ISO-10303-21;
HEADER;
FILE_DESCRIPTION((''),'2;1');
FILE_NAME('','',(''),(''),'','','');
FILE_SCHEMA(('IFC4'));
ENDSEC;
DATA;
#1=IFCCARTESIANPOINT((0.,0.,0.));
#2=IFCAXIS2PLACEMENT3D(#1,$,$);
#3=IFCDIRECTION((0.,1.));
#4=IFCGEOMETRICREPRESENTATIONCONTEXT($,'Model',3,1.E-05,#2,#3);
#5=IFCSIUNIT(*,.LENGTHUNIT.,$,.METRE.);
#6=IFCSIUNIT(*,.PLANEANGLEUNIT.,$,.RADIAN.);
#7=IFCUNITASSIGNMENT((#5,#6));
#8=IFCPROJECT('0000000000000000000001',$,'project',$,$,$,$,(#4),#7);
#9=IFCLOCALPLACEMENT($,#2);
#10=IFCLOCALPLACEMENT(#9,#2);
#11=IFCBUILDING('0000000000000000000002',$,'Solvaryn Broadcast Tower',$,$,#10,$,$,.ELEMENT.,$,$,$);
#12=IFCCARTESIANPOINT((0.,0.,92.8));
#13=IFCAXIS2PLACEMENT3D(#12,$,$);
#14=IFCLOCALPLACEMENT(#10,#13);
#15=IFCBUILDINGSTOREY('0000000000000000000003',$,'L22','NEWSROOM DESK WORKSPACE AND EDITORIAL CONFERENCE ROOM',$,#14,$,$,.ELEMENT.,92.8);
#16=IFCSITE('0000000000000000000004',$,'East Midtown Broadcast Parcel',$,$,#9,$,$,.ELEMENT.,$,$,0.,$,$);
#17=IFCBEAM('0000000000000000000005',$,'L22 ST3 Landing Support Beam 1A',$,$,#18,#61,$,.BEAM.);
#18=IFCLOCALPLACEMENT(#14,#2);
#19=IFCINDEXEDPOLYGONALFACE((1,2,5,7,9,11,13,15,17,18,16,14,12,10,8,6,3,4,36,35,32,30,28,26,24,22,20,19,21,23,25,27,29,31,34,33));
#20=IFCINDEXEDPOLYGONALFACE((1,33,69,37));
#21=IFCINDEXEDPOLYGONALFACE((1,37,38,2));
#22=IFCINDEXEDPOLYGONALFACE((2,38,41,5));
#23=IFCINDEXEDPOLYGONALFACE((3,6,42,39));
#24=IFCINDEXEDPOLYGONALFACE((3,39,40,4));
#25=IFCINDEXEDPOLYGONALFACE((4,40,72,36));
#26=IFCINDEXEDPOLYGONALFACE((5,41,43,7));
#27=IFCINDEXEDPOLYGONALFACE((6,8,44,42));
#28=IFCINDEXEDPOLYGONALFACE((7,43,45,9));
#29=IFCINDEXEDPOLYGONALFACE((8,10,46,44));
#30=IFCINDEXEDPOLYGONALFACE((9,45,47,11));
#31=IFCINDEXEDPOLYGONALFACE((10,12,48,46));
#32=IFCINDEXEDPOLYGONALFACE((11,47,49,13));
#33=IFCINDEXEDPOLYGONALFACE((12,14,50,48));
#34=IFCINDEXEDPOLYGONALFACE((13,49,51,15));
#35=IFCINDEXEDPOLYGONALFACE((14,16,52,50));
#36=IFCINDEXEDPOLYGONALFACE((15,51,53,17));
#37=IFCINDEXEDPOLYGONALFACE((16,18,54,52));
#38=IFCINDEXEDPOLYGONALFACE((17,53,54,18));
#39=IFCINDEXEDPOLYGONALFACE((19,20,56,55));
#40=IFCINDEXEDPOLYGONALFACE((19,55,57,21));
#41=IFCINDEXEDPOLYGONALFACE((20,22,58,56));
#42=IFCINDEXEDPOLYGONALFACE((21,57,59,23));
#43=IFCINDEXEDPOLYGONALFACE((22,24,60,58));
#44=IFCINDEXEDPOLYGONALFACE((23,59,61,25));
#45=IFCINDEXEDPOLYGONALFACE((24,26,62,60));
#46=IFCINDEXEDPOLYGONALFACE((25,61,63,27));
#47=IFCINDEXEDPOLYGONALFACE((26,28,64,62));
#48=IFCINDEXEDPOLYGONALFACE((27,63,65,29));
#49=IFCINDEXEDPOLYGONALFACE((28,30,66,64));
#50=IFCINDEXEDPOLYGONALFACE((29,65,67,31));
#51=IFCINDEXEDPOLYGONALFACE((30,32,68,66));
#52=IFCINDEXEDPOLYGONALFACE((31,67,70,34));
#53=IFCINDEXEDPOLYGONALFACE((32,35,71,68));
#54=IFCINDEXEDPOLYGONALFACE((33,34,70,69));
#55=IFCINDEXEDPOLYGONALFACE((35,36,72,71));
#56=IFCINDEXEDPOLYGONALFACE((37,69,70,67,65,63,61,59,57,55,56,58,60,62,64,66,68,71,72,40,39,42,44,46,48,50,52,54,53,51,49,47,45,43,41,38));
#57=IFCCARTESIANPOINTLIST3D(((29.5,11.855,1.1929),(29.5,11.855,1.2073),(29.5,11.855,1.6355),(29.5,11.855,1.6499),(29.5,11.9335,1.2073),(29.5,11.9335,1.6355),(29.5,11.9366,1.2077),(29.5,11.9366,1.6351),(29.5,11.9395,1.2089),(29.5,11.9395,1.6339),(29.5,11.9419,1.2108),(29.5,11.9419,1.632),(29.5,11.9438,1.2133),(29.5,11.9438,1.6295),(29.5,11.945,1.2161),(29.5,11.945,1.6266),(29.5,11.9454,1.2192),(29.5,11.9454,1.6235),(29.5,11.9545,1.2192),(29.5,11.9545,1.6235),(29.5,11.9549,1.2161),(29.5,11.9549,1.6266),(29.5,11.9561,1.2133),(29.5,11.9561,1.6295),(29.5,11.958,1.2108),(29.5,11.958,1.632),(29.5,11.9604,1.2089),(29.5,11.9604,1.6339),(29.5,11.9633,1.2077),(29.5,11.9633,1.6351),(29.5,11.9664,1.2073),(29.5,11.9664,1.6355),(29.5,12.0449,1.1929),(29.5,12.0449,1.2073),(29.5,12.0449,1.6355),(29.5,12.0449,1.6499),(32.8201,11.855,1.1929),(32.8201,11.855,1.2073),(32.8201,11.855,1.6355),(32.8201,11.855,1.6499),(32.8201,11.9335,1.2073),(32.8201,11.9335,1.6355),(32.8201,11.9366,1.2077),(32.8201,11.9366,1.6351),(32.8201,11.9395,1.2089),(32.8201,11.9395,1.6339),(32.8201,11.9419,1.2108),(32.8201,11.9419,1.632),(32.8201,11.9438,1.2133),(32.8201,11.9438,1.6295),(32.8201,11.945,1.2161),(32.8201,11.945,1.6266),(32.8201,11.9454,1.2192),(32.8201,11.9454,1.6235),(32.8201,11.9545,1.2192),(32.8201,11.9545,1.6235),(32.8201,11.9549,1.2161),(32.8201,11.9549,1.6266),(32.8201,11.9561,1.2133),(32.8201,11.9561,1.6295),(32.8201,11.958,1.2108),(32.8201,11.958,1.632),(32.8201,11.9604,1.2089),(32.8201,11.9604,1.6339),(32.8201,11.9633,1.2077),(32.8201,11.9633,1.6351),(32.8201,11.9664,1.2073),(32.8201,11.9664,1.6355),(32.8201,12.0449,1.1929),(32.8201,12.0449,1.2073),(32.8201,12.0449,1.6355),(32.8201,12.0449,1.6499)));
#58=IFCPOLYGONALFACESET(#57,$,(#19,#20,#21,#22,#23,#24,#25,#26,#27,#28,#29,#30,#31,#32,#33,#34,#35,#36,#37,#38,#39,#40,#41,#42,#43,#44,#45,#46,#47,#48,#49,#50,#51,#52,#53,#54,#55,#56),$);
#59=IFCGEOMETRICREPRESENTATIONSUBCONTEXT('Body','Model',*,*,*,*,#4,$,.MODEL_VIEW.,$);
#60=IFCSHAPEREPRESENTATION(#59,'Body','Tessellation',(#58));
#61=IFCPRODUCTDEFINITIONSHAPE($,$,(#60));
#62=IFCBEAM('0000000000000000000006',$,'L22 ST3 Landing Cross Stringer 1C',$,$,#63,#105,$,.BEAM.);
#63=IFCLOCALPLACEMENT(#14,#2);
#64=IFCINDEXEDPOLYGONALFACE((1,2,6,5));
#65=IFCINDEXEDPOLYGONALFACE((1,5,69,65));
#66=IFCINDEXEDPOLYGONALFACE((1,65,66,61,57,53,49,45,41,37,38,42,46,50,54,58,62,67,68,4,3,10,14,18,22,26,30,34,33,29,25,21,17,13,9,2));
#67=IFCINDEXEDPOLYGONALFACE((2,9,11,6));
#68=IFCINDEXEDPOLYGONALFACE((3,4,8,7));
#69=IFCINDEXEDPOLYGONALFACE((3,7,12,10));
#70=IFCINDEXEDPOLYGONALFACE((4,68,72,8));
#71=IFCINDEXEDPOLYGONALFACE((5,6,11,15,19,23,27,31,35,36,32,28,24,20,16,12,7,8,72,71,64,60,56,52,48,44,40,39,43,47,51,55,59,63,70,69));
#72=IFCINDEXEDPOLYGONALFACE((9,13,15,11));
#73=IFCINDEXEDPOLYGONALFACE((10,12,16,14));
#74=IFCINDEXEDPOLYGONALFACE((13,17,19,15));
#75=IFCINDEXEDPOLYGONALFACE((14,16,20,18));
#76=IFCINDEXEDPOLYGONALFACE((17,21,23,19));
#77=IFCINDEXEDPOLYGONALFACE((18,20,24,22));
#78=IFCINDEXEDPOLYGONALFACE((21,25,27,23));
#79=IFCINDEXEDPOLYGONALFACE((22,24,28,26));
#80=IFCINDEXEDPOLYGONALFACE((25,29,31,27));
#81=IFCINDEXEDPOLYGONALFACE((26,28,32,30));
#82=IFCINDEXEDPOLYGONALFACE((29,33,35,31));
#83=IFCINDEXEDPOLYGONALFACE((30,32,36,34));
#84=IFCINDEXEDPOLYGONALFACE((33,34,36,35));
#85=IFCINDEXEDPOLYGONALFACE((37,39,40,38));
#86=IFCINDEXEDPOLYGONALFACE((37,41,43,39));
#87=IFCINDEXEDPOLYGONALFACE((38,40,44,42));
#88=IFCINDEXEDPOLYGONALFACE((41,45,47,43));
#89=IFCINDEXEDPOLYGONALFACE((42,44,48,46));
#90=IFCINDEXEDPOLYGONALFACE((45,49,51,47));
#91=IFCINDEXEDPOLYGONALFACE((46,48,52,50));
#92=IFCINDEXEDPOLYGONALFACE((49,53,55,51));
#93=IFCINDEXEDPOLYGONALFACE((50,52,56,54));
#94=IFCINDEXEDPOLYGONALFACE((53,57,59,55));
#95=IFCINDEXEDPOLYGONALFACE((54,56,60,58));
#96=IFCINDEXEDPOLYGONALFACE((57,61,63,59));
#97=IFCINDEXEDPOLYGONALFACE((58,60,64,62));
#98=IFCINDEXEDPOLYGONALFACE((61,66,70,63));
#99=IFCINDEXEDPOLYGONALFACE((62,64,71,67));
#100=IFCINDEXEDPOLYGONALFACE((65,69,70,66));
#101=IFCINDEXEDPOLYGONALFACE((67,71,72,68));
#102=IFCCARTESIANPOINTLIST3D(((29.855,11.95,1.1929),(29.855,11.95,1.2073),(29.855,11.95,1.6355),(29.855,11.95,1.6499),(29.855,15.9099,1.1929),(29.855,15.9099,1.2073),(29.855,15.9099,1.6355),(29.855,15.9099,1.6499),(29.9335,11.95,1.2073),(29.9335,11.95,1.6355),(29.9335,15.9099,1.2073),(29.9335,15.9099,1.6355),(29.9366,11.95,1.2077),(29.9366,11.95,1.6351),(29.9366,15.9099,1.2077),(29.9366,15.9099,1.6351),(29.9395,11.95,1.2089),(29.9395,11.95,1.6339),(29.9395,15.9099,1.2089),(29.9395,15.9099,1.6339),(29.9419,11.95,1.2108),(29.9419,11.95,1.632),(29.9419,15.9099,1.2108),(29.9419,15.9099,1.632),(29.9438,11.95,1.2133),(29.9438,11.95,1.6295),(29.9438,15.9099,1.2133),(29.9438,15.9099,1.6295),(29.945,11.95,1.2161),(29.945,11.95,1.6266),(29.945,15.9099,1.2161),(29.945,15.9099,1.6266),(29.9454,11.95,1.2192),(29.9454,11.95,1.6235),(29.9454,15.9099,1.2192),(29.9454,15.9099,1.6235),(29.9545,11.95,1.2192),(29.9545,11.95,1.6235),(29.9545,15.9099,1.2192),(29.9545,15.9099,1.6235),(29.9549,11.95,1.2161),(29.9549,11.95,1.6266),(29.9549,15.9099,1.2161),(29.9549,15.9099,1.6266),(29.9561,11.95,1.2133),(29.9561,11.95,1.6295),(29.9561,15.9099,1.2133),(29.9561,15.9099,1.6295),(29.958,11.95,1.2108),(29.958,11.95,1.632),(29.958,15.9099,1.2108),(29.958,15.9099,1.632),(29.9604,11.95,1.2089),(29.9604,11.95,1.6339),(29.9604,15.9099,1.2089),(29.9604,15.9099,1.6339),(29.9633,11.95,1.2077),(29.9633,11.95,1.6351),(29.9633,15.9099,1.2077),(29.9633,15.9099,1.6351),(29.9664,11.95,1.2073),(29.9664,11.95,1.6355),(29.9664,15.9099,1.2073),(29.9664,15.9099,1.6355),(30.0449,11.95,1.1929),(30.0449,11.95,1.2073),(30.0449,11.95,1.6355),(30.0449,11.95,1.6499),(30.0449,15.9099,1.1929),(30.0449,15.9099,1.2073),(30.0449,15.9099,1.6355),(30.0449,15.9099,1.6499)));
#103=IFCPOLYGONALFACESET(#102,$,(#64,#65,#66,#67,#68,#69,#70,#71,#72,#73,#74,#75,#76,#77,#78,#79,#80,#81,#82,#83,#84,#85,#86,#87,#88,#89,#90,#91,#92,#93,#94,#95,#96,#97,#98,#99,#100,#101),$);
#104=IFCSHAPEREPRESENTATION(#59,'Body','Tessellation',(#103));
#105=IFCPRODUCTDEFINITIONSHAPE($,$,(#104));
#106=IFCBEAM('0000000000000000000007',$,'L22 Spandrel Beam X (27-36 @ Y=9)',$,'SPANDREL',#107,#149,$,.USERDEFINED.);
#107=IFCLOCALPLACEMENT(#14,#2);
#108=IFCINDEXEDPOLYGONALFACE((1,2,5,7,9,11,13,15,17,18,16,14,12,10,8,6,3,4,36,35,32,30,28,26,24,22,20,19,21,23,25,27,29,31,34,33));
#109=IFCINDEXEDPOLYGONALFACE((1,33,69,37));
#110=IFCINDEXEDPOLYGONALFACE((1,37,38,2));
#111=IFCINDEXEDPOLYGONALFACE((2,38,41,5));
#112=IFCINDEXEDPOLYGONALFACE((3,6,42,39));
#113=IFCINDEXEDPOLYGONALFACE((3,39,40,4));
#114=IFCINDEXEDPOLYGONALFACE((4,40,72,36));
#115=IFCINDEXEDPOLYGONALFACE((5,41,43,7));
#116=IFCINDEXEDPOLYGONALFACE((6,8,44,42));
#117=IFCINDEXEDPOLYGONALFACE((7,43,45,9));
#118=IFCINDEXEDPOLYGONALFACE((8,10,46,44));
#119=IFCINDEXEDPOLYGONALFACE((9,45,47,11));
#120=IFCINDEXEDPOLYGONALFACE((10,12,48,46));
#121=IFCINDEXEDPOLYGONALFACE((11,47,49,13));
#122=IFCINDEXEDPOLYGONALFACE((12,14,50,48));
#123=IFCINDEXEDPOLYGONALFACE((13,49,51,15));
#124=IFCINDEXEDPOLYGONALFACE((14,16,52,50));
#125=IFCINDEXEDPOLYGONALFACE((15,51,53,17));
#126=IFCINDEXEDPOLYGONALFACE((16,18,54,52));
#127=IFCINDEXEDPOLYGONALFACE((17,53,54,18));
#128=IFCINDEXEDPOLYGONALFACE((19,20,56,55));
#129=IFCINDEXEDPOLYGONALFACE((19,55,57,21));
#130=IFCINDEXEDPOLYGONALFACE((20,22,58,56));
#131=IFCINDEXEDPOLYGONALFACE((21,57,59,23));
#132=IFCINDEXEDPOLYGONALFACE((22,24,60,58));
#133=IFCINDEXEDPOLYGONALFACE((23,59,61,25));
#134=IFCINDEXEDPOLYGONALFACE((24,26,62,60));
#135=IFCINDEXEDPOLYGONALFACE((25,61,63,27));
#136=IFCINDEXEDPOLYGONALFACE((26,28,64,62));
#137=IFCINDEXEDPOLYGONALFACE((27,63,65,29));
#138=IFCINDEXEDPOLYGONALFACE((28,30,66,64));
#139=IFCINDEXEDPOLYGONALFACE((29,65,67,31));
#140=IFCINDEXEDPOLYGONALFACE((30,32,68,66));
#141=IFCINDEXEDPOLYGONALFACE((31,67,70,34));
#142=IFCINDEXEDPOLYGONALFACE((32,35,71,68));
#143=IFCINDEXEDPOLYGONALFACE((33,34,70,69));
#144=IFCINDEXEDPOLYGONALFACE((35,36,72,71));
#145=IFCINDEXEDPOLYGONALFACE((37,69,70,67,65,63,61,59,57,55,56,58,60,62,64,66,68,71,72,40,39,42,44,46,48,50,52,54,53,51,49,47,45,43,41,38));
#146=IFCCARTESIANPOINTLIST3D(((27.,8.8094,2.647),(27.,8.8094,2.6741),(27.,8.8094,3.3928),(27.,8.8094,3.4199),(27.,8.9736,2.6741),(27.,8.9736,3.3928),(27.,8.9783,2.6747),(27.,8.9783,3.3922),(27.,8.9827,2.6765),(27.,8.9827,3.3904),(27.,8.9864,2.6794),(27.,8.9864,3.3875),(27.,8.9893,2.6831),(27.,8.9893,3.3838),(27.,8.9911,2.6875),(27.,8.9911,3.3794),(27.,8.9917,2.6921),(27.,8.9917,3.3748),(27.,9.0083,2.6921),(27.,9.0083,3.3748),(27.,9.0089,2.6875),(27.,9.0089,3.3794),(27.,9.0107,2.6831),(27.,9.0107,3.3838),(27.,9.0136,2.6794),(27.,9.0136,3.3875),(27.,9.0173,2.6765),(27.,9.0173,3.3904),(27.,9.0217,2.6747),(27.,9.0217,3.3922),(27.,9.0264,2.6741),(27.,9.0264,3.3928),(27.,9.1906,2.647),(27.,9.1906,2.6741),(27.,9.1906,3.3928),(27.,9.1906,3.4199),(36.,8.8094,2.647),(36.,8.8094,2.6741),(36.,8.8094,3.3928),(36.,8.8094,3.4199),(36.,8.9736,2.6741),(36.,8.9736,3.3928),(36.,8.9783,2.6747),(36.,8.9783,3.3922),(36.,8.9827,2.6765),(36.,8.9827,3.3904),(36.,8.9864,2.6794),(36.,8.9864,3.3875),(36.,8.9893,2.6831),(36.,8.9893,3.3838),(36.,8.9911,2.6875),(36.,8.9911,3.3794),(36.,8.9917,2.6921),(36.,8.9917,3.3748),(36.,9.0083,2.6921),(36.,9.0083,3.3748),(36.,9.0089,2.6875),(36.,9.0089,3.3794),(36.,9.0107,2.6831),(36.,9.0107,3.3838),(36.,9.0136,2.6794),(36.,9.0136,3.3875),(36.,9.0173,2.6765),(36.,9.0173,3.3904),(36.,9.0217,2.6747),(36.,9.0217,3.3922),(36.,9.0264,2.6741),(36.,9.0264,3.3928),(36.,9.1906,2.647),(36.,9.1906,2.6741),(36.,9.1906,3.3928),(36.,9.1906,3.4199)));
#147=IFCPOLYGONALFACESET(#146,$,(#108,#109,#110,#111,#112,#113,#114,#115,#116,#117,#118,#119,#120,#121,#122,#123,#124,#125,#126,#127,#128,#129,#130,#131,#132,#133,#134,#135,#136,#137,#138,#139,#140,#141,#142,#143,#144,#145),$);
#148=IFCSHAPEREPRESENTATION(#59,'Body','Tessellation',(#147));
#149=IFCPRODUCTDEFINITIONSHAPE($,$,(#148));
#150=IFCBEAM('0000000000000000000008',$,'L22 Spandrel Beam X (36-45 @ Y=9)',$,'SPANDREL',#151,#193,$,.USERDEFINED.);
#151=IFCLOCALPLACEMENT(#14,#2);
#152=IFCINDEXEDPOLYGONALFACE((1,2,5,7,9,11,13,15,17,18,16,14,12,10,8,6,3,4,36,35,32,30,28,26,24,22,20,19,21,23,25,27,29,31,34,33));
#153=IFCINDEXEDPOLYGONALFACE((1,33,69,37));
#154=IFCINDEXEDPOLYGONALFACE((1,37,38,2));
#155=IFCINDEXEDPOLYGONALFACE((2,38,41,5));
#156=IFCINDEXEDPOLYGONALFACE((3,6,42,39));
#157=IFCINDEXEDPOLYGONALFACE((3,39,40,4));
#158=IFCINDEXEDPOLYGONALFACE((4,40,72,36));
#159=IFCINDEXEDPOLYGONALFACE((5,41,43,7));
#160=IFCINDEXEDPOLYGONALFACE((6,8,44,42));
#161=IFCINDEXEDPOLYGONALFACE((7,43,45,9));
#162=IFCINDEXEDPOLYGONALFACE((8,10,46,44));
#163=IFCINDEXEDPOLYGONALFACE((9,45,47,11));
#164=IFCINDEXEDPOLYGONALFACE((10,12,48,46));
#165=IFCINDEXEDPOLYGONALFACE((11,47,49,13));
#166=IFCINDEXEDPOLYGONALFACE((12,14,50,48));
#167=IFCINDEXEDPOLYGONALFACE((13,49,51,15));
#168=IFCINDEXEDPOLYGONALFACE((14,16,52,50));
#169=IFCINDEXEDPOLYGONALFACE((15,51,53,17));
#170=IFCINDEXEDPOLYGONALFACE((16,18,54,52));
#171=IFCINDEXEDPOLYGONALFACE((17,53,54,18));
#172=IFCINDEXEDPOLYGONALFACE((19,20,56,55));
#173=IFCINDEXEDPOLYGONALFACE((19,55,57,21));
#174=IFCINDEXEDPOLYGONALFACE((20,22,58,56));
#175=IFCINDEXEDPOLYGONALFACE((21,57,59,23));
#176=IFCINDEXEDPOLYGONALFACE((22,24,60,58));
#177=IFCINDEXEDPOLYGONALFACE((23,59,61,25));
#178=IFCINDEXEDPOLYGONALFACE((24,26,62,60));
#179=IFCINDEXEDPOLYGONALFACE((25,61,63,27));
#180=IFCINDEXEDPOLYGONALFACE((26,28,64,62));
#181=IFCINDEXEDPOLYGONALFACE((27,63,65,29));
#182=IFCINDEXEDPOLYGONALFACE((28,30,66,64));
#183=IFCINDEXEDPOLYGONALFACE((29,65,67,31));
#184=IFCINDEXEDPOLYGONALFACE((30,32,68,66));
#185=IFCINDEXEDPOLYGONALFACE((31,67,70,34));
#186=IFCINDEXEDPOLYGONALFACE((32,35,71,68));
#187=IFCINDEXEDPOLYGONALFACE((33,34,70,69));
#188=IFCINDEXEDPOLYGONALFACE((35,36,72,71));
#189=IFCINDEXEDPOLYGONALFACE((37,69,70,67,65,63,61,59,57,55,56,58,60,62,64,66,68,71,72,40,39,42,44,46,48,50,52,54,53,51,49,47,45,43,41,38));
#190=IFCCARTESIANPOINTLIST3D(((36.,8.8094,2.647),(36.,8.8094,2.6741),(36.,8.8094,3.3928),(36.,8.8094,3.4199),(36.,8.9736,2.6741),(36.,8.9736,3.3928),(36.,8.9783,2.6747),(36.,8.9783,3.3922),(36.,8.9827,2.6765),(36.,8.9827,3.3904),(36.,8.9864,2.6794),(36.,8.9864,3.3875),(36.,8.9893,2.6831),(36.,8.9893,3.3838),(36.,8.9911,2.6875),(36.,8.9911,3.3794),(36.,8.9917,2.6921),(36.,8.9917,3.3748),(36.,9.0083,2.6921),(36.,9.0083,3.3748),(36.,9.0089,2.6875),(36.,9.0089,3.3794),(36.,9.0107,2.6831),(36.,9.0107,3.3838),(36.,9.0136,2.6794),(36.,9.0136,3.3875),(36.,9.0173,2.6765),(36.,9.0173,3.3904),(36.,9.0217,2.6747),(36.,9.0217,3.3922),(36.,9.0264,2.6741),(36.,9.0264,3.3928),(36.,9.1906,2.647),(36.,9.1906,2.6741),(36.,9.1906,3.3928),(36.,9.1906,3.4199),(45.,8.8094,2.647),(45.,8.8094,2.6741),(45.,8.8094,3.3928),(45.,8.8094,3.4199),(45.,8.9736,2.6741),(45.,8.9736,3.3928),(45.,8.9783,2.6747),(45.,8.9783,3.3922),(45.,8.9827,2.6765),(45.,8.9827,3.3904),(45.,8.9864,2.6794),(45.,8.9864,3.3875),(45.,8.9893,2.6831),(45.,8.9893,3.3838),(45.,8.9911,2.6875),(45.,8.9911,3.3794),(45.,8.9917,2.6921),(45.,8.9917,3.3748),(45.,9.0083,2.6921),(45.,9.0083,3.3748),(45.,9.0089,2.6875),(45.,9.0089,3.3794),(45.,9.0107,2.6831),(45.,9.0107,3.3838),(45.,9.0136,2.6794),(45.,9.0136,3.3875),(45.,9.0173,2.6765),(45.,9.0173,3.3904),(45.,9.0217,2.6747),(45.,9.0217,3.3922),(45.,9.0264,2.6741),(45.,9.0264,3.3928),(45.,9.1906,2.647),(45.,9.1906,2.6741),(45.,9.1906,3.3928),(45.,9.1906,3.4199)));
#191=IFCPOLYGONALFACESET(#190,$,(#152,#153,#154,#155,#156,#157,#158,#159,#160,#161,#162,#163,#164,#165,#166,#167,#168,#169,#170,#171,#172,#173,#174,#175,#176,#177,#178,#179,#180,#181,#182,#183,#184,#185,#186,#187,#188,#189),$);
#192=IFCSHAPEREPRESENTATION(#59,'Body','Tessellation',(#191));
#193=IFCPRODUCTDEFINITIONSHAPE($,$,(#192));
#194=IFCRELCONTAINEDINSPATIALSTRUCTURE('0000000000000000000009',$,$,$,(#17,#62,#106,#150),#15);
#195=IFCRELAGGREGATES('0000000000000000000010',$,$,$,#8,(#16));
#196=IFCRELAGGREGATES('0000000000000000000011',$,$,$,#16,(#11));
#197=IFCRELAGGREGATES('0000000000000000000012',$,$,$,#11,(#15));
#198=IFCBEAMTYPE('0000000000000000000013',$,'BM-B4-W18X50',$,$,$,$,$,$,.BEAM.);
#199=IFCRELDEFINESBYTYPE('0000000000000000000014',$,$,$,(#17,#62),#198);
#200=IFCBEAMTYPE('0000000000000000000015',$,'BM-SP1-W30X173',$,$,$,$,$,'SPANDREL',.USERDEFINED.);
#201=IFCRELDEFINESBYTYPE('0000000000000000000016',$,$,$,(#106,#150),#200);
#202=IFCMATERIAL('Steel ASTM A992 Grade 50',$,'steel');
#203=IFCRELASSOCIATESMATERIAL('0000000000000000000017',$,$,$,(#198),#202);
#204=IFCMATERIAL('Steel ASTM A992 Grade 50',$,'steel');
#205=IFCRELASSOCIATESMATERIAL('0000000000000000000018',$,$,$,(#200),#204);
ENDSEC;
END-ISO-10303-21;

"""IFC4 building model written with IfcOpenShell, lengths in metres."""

from ifc_helpers import new_model, si_unit, direction, frame, origin, origin_2d, place, context, subcontext, project, spatial, i_section, extrude, material, material_profile, profile_set, type_object, element, save


model = new_model("IFC4")

# Units and contexts
model_context = context("Model", 3, precision=1e-05, world=origin(), true_north=direction((0.0, 1.0)))
body_context = subcontext(model_context, "Body", "Model", "MODEL_VIEW")
ifc_project = project(units=[si_unit("LENGTHUNIT", "METRE"), si_unit("PLANEANGLEUNIT", "RADIAN")], contexts=[model_context])

# Site, building, storey
site_placement = place(None, origin())
site = spatial("IfcSite", under=ifc_project, at=site_placement, Name="East Midtown Broadcast Parcel", CompositionType="ELEMENT", RefElevation=0.0)
building_placement = place(site_placement, origin())
building = spatial("IfcBuilding", under=site, at=building_placement, Name="Solvaryn Broadcast Tower", CompositionType="ELEMENT")
storey_placement = place(building_placement, frame((0.0, 0.0, 92.8)))
storey = spatial("IfcBuildingStorey", under=building, at=storey_placement, Name="L22", Description="NEWSROOM DESK WORKSPACE AND EDITORIAL CONFERENCE ROOM", CompositionType="ELEMENT", Elevation=92.8)

# Beams
ifc_material_1 = material(Name="Steel ASTM A992 Grade 50", Category="steel")
ifc_material_profile_1 = material_profile(ifc_material_1, i_section(OverallWidth=0.1899, OverallDepth=0.457, WebThickness=0.009, FlangeThickness=0.0144, FilletRadius=0.012, at=origin_2d()))
ifc_profile_set_1 = profile_set([ifc_material_profile_1], Name="Steel ASTM A992 Grade 50")
beam_type_1 = type_object("IfcBeamType", Name="BM-B4-W18X50", PredefinedType="BEAM", material=ifc_profile_set_1)
beam_1_placement = place(storey_placement, frame((29.5, 11.95, 1.4214), z_axis=(1.0, 0.0, 0.0), x_axis=(0.0, 1.0, 0.0)))
element("IfcBeam", 1, at=beam_1_placement, inside=storey, type_object=beam_type_1, Name="L22 ST3 Landing Support Beam 1A", PredefinedType="BEAM", context=body_context, shape_type="SweptSolid", body=[
    extrude(i_section(OverallWidth=0.1899, OverallDepth=0.457, WebThickness=0.009, FlangeThickness=0.0144, FilletRadius=0.012, at=origin_2d()), origin(), (0.0, 0.0, 1.0), 3.3201),
])
beam_2_placement = place(storey_placement, frame((29.95, 11.95, 1.4214), z_axis=(0.0, 1.0, 0.0), x_axis=(-1.0, 0.0, 0.0)))
element("IfcBeam", 2, at=beam_2_placement, inside=storey, type_object=beam_type_1, Name="L22 ST3 Landing Cross Stringer 1C", PredefinedType="BEAM", context=body_context, shape_type="SweptSolid", body=[
    extrude(i_section(OverallWidth=0.1899, OverallDepth=0.457, WebThickness=0.009, FlangeThickness=0.0144, FilletRadius=0.012, at=origin_2d()), origin(), (0.0, 0.0, 1.0), 3.96),
])
ifc_material_2 = material(Name="Steel ASTM A992 Grade 50", Category="steel")
ifc_material_profile_2 = material_profile(ifc_material_2, i_section(OverallWidth=0.3811, OverallDepth=0.7729, WebThickness=0.0166, FlangeThickness=0.0271, FilletRadius=0.0181, at=origin_2d()))
ifc_profile_set_2 = profile_set([ifc_material_profile_2], Name="Steel ASTM A992 Grade 50")
beam_type_2 = type_object("IfcBeamType", Name="BM-SP1-W30X173", ElementType="SPANDREL", PredefinedType="USERDEFINED", material=ifc_profile_set_2)
for number, where, z_axis, x_axis, name in (
    (3, (27.0, 9.0, 3.0334), (1.0, 0.0, 0.0), (0.0, 1.0, 0.0), "L22 Spandrel Beam X (27-36 @ Y=9)"),
    (4, (36.0, 9.0, 3.0334), (1.0, 0.0, 0.0), (0.0, 1.0, 0.0), "L22 Spandrel Beam X (36-45 @ Y=9)"),
):
    element("IfcBeam", number, at=place(storey_placement, frame(where, z_axis=z_axis, x_axis=x_axis)), inside=storey, type_object=beam_type_2, Name=name, ObjectType="SPANDREL", PredefinedType="USERDEFINED", context=body_context, shape_type="SweptSolid", body=[
        extrude(i_section(OverallWidth=0.3811, OverallDepth=0.7729, WebThickness=0.0166, FlangeThickness=0.0271, FilletRadius=0.0181, at=origin_2d()), origin(), (0.0, 0.0, 1.0), 9.0),
    ])

save(model, "model.ifc")
